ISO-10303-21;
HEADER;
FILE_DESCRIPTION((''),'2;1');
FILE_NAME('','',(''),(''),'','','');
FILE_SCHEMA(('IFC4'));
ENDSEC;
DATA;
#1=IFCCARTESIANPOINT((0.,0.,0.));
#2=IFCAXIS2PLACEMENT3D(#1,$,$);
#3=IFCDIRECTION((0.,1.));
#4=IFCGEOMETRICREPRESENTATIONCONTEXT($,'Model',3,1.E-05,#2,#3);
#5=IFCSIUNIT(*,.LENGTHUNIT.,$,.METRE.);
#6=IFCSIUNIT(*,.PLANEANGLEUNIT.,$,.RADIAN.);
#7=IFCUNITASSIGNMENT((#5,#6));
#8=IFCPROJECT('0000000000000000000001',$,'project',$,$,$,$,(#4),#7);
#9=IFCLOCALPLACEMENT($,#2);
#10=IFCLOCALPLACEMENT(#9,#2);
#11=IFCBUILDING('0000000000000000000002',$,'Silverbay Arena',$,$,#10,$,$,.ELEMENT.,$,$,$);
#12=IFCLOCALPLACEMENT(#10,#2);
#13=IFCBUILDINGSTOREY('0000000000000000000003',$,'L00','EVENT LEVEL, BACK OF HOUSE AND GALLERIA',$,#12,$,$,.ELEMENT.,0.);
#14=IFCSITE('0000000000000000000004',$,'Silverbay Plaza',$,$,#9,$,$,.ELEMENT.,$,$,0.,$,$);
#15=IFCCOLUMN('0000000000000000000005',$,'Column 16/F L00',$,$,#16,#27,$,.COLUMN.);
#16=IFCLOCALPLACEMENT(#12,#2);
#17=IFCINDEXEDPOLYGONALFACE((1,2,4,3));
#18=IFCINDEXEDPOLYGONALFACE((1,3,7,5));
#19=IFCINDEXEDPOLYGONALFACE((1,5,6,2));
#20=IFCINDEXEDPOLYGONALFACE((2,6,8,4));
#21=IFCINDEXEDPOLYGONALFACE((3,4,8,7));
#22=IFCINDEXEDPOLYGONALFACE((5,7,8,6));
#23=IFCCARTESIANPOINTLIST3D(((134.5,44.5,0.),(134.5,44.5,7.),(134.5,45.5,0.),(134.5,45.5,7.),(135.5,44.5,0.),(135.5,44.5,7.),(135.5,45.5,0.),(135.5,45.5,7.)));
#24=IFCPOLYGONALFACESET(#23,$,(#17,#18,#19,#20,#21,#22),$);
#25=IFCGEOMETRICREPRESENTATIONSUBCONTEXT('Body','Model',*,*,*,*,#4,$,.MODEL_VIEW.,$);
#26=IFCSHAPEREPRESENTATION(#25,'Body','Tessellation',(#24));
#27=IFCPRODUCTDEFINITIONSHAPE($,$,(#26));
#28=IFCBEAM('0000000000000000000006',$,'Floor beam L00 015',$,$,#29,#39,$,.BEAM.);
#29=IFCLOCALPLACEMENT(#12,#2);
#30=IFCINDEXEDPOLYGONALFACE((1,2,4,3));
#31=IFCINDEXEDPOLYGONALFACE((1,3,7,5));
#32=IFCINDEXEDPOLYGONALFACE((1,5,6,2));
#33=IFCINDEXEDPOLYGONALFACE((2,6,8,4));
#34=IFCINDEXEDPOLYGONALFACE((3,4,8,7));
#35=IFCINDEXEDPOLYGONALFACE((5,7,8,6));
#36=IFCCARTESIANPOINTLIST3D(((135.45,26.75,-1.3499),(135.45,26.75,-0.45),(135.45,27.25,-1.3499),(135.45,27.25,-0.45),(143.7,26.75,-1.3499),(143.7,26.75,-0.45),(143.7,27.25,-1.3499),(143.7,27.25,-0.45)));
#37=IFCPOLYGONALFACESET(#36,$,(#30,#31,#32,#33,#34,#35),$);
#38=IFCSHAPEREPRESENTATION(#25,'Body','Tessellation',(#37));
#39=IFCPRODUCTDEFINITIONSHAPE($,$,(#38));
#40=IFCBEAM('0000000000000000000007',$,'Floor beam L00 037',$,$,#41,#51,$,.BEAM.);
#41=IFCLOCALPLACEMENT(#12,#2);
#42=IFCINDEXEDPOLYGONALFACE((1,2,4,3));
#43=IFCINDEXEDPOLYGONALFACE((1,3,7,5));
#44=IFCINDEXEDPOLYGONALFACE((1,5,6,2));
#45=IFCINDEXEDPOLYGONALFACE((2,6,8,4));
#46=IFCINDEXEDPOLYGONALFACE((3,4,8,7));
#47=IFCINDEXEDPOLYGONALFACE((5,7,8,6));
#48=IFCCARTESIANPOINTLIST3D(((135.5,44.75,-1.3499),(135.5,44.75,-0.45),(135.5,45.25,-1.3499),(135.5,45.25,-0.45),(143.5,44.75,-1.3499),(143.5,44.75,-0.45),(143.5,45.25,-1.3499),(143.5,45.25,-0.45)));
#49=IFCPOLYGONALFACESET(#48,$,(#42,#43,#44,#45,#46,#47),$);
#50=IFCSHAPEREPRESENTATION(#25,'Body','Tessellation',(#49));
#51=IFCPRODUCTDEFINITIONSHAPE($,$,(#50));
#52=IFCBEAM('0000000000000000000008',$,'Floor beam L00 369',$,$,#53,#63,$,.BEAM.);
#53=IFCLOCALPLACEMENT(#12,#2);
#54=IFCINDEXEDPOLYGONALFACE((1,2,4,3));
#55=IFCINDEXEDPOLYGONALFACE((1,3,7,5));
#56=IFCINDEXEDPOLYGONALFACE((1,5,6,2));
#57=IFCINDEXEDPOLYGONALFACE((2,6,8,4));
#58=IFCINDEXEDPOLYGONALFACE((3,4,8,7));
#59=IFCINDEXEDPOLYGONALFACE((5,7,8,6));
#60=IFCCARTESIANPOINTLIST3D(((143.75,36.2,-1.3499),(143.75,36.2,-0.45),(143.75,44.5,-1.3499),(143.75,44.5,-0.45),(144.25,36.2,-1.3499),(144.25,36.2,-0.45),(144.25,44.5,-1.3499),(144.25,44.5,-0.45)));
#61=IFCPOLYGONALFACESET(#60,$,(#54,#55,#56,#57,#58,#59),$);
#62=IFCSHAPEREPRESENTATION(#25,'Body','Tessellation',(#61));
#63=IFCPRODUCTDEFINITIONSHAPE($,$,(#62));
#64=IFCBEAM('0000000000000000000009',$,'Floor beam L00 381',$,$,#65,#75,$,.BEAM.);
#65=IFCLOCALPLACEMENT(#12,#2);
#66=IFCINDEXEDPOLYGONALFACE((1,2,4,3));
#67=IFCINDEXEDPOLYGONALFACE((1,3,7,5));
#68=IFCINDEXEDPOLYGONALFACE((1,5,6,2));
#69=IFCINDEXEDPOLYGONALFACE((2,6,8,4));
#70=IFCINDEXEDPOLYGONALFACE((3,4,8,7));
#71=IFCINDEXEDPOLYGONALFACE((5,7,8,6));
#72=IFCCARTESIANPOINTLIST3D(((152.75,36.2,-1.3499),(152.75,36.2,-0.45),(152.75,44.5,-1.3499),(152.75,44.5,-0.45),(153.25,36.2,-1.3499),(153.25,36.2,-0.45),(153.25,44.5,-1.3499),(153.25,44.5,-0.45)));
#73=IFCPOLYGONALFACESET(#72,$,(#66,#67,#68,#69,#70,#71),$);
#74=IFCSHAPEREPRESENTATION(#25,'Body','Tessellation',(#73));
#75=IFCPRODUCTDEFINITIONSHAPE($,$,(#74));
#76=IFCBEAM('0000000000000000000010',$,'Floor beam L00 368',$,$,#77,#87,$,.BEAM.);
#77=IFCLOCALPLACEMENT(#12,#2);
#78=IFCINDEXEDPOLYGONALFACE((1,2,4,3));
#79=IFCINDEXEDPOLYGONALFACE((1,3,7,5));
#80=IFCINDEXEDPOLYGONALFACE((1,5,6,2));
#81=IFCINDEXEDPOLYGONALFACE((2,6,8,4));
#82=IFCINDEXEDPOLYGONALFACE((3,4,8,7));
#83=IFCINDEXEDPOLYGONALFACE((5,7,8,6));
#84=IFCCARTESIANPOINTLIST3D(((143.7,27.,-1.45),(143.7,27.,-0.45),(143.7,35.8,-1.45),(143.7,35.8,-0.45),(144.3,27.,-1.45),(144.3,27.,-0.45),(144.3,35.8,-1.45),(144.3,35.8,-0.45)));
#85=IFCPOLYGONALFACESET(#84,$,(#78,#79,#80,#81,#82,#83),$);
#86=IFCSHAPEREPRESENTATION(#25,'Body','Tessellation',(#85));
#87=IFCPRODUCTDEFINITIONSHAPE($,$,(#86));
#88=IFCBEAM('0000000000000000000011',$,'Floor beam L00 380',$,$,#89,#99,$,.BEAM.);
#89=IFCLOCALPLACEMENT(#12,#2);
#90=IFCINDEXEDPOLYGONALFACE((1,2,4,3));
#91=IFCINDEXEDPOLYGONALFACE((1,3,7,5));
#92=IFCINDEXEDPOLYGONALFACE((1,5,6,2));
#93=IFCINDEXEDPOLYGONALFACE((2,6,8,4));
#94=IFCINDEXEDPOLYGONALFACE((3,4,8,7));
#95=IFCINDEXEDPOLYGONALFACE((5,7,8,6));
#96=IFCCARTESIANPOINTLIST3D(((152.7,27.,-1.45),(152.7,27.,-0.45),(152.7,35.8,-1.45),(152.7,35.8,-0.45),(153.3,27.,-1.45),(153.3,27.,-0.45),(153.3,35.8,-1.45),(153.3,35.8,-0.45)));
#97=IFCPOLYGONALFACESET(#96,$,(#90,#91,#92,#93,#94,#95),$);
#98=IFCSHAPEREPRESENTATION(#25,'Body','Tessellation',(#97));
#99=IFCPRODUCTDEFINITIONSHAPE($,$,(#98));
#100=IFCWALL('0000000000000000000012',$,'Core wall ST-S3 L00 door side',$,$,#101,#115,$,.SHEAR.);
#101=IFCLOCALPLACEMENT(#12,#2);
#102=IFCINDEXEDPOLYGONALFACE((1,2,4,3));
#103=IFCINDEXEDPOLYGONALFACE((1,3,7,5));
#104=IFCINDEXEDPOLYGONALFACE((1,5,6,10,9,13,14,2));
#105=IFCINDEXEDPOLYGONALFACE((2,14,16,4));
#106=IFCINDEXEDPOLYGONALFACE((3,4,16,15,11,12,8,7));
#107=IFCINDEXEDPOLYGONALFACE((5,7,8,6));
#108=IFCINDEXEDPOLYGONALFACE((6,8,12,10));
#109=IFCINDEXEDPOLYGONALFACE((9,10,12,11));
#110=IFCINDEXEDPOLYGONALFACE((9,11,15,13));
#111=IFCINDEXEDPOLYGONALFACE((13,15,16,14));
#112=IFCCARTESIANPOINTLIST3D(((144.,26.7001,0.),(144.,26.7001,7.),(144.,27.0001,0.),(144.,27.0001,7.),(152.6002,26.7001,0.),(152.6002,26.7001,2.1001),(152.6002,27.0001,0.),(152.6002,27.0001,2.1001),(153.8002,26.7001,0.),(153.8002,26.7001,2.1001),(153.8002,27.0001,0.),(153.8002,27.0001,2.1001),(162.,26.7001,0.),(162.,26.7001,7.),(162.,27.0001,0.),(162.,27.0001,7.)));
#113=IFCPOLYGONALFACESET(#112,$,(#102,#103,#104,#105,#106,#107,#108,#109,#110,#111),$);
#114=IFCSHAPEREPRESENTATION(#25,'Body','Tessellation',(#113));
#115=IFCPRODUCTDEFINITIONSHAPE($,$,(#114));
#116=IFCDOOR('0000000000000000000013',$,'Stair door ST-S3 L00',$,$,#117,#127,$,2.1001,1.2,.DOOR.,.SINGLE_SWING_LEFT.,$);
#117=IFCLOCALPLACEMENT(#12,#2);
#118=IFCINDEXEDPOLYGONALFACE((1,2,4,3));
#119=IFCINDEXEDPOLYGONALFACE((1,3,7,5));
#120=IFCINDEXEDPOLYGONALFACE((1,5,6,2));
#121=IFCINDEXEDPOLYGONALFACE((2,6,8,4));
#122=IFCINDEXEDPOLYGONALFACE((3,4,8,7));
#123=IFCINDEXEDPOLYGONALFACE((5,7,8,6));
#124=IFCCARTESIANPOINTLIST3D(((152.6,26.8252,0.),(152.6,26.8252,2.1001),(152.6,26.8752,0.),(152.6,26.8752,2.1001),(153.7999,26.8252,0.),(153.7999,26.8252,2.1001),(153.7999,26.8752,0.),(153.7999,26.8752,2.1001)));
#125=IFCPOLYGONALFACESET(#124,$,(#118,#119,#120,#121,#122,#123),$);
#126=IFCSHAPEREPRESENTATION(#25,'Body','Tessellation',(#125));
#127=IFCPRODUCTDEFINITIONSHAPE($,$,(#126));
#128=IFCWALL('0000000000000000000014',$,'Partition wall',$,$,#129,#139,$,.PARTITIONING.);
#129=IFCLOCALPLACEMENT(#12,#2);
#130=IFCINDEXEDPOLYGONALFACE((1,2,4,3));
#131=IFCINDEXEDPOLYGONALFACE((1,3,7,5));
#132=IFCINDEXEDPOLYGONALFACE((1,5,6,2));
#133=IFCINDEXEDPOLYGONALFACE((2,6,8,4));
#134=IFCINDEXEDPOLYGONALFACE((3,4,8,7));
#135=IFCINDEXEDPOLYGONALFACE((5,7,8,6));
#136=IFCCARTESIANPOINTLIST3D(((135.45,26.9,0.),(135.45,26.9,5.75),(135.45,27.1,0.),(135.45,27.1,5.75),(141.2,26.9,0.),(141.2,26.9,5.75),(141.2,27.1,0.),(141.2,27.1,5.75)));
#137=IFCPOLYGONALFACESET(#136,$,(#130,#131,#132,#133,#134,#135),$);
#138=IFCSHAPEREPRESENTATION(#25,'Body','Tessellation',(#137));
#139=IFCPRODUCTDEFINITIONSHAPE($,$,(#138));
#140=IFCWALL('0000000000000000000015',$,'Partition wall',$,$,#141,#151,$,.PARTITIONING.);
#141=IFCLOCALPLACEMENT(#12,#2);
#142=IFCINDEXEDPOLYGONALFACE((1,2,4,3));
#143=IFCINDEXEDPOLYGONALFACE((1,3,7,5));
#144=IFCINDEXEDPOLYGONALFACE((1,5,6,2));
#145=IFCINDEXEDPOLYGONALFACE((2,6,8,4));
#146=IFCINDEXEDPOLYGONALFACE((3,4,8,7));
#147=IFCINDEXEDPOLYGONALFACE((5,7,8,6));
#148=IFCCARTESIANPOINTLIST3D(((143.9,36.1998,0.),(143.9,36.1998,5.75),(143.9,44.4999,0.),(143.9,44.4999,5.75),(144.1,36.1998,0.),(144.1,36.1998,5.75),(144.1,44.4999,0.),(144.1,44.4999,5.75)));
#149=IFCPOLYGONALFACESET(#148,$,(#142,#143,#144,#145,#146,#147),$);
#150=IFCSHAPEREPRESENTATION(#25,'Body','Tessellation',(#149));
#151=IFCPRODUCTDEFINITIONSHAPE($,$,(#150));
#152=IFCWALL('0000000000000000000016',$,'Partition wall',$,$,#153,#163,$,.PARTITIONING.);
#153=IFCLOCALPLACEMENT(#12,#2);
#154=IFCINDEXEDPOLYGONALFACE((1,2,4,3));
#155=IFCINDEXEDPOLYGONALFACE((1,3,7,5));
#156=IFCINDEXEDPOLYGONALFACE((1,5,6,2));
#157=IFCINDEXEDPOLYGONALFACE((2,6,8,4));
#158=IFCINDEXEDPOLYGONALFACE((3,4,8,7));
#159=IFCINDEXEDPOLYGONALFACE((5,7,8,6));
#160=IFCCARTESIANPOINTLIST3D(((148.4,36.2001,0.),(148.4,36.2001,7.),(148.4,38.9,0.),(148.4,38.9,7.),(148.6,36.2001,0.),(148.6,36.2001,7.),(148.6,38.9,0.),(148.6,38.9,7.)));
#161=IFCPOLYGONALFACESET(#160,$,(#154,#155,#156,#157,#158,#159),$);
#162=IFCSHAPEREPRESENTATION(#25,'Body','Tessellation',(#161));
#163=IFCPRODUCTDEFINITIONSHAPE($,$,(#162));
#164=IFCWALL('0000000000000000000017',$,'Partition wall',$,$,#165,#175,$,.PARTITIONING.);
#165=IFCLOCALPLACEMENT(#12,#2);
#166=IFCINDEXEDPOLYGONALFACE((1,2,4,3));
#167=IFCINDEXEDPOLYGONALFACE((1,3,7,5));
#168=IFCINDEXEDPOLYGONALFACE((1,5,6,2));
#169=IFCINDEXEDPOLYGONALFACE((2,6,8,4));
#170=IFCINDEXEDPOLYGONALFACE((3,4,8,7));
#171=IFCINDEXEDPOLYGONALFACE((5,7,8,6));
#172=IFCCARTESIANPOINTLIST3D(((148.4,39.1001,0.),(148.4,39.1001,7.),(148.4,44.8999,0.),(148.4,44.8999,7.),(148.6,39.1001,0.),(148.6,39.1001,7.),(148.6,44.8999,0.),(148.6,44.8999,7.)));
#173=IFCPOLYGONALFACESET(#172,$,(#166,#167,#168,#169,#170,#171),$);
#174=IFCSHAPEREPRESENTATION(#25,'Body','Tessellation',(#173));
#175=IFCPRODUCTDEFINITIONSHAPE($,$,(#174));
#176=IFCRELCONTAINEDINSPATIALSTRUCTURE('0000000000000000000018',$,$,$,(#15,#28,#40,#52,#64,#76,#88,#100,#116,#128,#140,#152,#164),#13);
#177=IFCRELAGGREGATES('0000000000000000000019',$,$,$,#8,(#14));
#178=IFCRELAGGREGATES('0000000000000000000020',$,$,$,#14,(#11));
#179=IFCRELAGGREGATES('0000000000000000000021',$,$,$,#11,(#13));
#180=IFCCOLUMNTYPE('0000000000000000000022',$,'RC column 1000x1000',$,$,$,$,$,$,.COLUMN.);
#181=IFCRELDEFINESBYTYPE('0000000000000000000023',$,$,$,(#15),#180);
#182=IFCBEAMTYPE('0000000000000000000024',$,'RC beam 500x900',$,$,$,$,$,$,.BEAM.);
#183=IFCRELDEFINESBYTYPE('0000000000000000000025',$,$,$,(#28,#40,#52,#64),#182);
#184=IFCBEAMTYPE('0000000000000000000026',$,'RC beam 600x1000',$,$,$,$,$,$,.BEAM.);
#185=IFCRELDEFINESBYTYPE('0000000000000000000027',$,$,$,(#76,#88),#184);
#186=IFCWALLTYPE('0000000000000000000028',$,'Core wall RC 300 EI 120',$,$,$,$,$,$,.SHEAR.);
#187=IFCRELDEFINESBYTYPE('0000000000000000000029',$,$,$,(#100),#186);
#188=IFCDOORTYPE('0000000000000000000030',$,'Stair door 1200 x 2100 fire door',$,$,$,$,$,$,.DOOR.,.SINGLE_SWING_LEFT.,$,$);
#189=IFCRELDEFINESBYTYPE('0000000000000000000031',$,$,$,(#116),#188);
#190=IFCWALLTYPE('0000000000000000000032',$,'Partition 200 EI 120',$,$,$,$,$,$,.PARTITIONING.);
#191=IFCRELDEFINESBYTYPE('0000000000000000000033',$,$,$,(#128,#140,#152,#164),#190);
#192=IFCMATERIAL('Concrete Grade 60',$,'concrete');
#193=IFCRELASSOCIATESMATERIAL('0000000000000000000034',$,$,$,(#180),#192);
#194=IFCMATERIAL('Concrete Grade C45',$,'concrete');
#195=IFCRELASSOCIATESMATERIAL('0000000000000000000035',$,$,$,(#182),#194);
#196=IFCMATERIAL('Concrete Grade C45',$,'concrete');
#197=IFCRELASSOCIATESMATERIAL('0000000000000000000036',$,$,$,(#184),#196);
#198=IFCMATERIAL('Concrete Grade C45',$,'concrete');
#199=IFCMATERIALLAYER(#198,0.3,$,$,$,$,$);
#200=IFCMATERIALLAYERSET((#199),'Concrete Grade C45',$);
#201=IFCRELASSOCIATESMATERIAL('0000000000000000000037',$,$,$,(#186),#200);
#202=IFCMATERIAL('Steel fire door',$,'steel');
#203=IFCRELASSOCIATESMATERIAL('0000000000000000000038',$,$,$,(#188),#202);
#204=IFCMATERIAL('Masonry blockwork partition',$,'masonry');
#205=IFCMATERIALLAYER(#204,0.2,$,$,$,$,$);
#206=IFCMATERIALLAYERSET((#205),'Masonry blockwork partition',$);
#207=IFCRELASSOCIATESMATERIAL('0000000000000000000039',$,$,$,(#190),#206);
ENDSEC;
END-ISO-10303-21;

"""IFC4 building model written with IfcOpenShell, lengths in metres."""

from ifc_helpers import new_model, si_unit, direction, frame, frame_2d, origin, origin_2d, place, context, subcontext, project, spatial, rectangle, extrude, material, layer, layer_set, material_profile, profile_set, type_object, element, fill, save


model = new_model("IFC4")

# Units and contexts
model_context = context("Model", 3, precision=1e-05, world=origin(), true_north=direction((0.0, 1.0)))
body_context = subcontext(model_context, "Body", "Model", "MODEL_VIEW")
ifc_project = project(units=[si_unit("LENGTHUNIT", "METRE"), si_unit("PLANEANGLEUNIT", "RADIAN")], contexts=[model_context])

# Site, building, storey
site_placement = place(None, origin())
site = spatial("IfcSite", under=ifc_project, at=site_placement, Name="Silverbay Plaza", CompositionType="ELEMENT", RefElevation=0.0)
building_placement = place(site_placement, origin())
building = spatial("IfcBuilding", under=site, at=building_placement, Name="Silverbay Arena", CompositionType="ELEMENT")
storey_placement = place(building_placement, origin())
storey = spatial("IfcBuildingStorey", under=building, at=storey_placement, Name="L00", Description="EVENT LEVEL, BACK OF HOUSE AND GALLERIA", CompositionType="ELEMENT", Elevation=0.0)

# Column
ifc_material_1 = material(Name="Concrete Grade 60", Category="concrete")
ifc_material_profile_1 = material_profile(ifc_material_1, rectangle(XDim=1.0, YDim=1.0, at=origin_2d()), Name="RC 1000x1000")
ifc_profile_set_1 = profile_set([ifc_material_profile_1], Name="Concrete Grade 60")
column_type = type_object("IfcColumnType", Name="RC column 1000x1000", PredefinedType="COLUMN", material=ifc_profile_set_1)
column_placement = place(storey_placement, frame((135.0, 45.0, 0.0), z_axis=(0.0, 0.0, 1.0), x_axis=(1.0, 0.0, 0.0)))
element("IfcColumn", 1, at=column_placement, inside=storey, type_object=column_type, Name="Column 16/F L00", PredefinedType="COLUMN", context=body_context, shape_type="SweptSolid", body=[
    extrude(rectangle(XDim=1.0, YDim=1.0, at=origin_2d()), origin(), (0.0, 0.0, 1.0), 7.0),
])

# Beams
ifc_material_2 = material(Name="Concrete Grade C45", Category="concrete")
ifc_material_profile_2 = material_profile(ifc_material_2, rectangle(XDim=0.5, YDim=0.8999, at=origin_2d()), Name="RC 500x900")
ifc_profile_set_2 = profile_set([ifc_material_profile_2], Name="Concrete Grade C45")
beam_type_1 = type_object("IfcBeamType", Name="RC beam 500x900", PredefinedType="BEAM", material=ifc_profile_set_2)
beam_1_placement = place(storey_placement, frame((135.45, 27.0, -0.8999), z_axis=(1.0, 0.0, 0.0), x_axis=(0.0, 1.0, 0.0)))
element("IfcBeam", 2, at=beam_1_placement, inside=storey, type_object=beam_type_1, Name="Floor beam L00 015", PredefinedType="BEAM", context=body_context, shape_type="SweptSolid", body=[
    extrude(rectangle(XDim=0.5, YDim=0.8999, at=origin_2d()), origin(), (0.0, 0.0, 1.0), 8.25),
])
beam_2_placement = place(storey_placement, frame((135.5, 45.0, -0.8999), z_axis=(1.0, 0.0, 0.0), x_axis=(0.0, 1.0, 0.0)))
element("IfcBeam", 3, at=beam_2_placement, inside=storey, type_object=beam_type_1, Name="Floor beam L00 037", PredefinedType="BEAM", context=body_context, shape_type="SweptSolid", body=[
    extrude(rectangle(XDim=0.5, YDim=0.8999, at=origin_2d()), origin(), (0.0, 0.0, 1.0), 8.0),
])
for number, where, z_axis, x_axis, name in (
    (4, (144.0, 36.2, -0.8999), (0.0, 1.0, 0.0), (-1.0, 0.0, 0.0), "Floor beam L00 369"),
    (5, (153.0, 36.2, -0.8999), (0.0, 1.0, 0.0), (-1.0, 0.0, 0.0), "Floor beam L00 381"),
):
    element("IfcBeam", number, at=place(storey_placement, frame(where, z_axis=z_axis, x_axis=x_axis)), inside=storey, type_object=beam_type_1, Name=name, PredefinedType="BEAM", context=body_context, shape_type="SweptSolid", body=[
        extrude(rectangle(XDim=0.5, YDim=0.8999, at=origin_2d()), origin(), (0.0, 0.0, 1.0), 8.3),
    ])
ifc_material_3 = material(Name="Concrete Grade C45", Category="concrete")
ifc_material_profile_3 = material_profile(ifc_material_3, rectangle(XDim=0.6001, YDim=1.0, at=origin_2d()), Name="RC 600x1000")
ifc_profile_set_3 = profile_set([ifc_material_profile_3], Name="Concrete Grade C45")
beam_type_2 = type_object("IfcBeamType", Name="RC beam 600x1000", PredefinedType="BEAM", material=ifc_profile_set_3)
for number, where, z_axis, x_axis, name in (
    (6, (144.0, 27.0, -0.95), (0.0, 1.0, 0.0), (-1.0, 0.0, 0.0), "Floor beam L00 368"),
    (7, (153.0, 27.0, -0.95), (0.0, 1.0, 0.0), (-1.0, 0.0, 0.0), "Floor beam L00 380"),
):
    element("IfcBeam", number, at=place(storey_placement, frame(where, z_axis=z_axis, x_axis=x_axis)), inside=storey, type_object=beam_type_2, Name=name, PredefinedType="BEAM", context=body_context, shape_type="SweptSolid", body=[
        extrude(rectangle(XDim=0.6001, YDim=1.0, at=origin_2d()), origin(), (0.0, 0.0, 1.0), 8.8),
    ])

# Wall, opening, door
ifc_material_4 = material(Name="Concrete Grade C45", Category="concrete")
ifc_layer_1 = layer(ifc_material_4, 0.3)
ifc_layer_set_1 = layer_set([ifc_layer_1], Name="Concrete Grade C45")
wall_type_1 = type_object("IfcWallType", Name="Core wall RC 300 EI 120", PredefinedType="SHEAR", material=ifc_layer_set_1)
wall_1_placement = place(storey_placement, frame((144.0, 26.8501, 0.0), z_axis=(0.0, 0.0, 1.0), x_axis=(1.0, 0.0, 0.0)))
wall_1 = element("IfcWall", 8, at=wall_1_placement, inside=storey, type_object=wall_type_1, Name="Core wall ST-S3 L00 door side", PredefinedType="SHEAR", context=body_context, shape_type="SweptSolid", body=[
    extrude(rectangle(XDim=18.0, YDim=0.3, at=frame_2d((9.0, 0.0))), origin(), (0.0, 0.0, 1.0), 7.0),
])
opening_1_placement = place(wall_1_placement, frame((8.6001, 0.0, 0.0)))
opening_1 = element("IfcOpeningElement", 9, at=opening_1_placement, cuts=wall_1, PredefinedType="OPENING", context=body_context, shape_type="SweptSolid", body=[
    extrude(rectangle(XDim=1.2, YDim=2.1001, at=frame_2d((0.6001, 1.05))), frame((0.0, 0.1602, 0.0), z_axis=(0.0, -1.0, 0.0), x_axis=(1.0, 0.0, 0.0)), (0.0, 0.0, 1.0), 0.3201),
])
ifc_material_5 = material(Name="Steel fire door", Category="steel")
door_type_1 = type_object("IfcDoorType", Name="Stair door 1200 x 2100 fire door", OperationType="SINGLE_SWING_LEFT", PredefinedType="DOOR", material=ifc_material_5)
door_1_placement = place(opening_1_placement, frame((1.2, 0.0, 0.0), z_axis=(0.0, 0.0, 1.0), x_axis=(-1.0, 0.0, 0.0)))
door_1 = element("IfcDoor", 10, at=door_1_placement, inside=storey, type_object=door_type_1, Name="Stair door ST-S3 L00", OperationType="SINGLE_SWING_LEFT", OverallHeight=2.1001, OverallWidth=1.2, PredefinedType="DOOR", context=body_context, shape_type="SweptSolid", body=[
    extrude(rectangle(XDim=1.2, YDim=2.1001, at=frame_2d((0.6001, 1.05))), frame((0.0, 0.0249, 0.0), z_axis=(0.0, -1.0, 0.0), x_axis=(1.0, 0.0, 0.0)), (0.0, 0.0, 1.0), 0.05),
])
fill(opening_1, door_1)

# Walls
ifc_material_6 = material(Name="Masonry blockwork partition", Category="masonry")
ifc_layer_2 = layer(ifc_material_6, 0.2)
ifc_layer_set_2 = layer_set([ifc_layer_2], Name="Masonry blockwork partition")
wall_type_2 = type_object("IfcWallType", Name="Partition 200 EI 120", PredefinedType="PARTITIONING", material=ifc_layer_set_2)
wall_2_placement = place(storey_placement, frame((135.45, 27.0, 0.0), z_axis=(0.0, 0.0, 1.0), x_axis=(1.0, 0.0, 0.0)))
element("IfcWall", 11, at=wall_2_placement, inside=storey, type_object=wall_type_2, Name="Partition wall", PredefinedType="PARTITIONING", context=body_context, shape_type="SweptSolid", body=[
    extrude(rectangle(XDim=5.75, YDim=0.2, at=frame_2d((2.875, 0.0))), origin(), (0.0, 0.0, 1.0), 5.75),
])
wall_3_placement = place(storey_placement, frame((144.0, 36.2, 0.0), z_axis=(0.0, 0.0, 1.0), x_axis=(0.0, 1.0, 0.0)))
element("IfcWall", 12, at=wall_3_placement, inside=storey, type_object=wall_type_2, Name="Partition wall", PredefinedType="PARTITIONING", context=body_context, shape_type="SweptSolid", body=[
    extrude(rectangle(XDim=8.3, YDim=0.2, at=frame_2d((4.1499, 0.0))), origin(), (0.0, 0.0, 1.0), 5.75),
])
wall_4_placement = place(storey_placement, frame((148.5, 36.2, 0.0), z_axis=(0.0, 0.0, 1.0), x_axis=(0.0, 1.0, 0.0)))
element("IfcWall", 13, at=wall_4_placement, inside=storey, type_object=wall_type_2, Name="Partition wall", PredefinedType="PARTITIONING", context=body_context, shape_type="SweptSolid", body=[
    extrude(rectangle(XDim=2.7, YDim=0.2, at=frame_2d((1.3501, 0.0))), origin(), (0.0, 0.0, 1.0), 7.0),
])
wall_5_placement = place(storey_placement, frame((148.5, 39.1001, 0.0), z_axis=(0.0, 0.0, 1.0), x_axis=(0.0, 1.0, 0.0)))
element("IfcWall", 14, at=wall_5_placement, inside=storey, type_object=wall_type_2, Name="Partition wall", PredefinedType="PARTITIONING", context=body_context, shape_type="SweptSolid", body=[
    extrude(rectangle(XDim=5.7998, YDim=0.2, at=frame_2d((2.8999, 0.0))), origin(), (0.0, 0.0, 1.0), 7.0),
])

save(model, "model.ifc")
